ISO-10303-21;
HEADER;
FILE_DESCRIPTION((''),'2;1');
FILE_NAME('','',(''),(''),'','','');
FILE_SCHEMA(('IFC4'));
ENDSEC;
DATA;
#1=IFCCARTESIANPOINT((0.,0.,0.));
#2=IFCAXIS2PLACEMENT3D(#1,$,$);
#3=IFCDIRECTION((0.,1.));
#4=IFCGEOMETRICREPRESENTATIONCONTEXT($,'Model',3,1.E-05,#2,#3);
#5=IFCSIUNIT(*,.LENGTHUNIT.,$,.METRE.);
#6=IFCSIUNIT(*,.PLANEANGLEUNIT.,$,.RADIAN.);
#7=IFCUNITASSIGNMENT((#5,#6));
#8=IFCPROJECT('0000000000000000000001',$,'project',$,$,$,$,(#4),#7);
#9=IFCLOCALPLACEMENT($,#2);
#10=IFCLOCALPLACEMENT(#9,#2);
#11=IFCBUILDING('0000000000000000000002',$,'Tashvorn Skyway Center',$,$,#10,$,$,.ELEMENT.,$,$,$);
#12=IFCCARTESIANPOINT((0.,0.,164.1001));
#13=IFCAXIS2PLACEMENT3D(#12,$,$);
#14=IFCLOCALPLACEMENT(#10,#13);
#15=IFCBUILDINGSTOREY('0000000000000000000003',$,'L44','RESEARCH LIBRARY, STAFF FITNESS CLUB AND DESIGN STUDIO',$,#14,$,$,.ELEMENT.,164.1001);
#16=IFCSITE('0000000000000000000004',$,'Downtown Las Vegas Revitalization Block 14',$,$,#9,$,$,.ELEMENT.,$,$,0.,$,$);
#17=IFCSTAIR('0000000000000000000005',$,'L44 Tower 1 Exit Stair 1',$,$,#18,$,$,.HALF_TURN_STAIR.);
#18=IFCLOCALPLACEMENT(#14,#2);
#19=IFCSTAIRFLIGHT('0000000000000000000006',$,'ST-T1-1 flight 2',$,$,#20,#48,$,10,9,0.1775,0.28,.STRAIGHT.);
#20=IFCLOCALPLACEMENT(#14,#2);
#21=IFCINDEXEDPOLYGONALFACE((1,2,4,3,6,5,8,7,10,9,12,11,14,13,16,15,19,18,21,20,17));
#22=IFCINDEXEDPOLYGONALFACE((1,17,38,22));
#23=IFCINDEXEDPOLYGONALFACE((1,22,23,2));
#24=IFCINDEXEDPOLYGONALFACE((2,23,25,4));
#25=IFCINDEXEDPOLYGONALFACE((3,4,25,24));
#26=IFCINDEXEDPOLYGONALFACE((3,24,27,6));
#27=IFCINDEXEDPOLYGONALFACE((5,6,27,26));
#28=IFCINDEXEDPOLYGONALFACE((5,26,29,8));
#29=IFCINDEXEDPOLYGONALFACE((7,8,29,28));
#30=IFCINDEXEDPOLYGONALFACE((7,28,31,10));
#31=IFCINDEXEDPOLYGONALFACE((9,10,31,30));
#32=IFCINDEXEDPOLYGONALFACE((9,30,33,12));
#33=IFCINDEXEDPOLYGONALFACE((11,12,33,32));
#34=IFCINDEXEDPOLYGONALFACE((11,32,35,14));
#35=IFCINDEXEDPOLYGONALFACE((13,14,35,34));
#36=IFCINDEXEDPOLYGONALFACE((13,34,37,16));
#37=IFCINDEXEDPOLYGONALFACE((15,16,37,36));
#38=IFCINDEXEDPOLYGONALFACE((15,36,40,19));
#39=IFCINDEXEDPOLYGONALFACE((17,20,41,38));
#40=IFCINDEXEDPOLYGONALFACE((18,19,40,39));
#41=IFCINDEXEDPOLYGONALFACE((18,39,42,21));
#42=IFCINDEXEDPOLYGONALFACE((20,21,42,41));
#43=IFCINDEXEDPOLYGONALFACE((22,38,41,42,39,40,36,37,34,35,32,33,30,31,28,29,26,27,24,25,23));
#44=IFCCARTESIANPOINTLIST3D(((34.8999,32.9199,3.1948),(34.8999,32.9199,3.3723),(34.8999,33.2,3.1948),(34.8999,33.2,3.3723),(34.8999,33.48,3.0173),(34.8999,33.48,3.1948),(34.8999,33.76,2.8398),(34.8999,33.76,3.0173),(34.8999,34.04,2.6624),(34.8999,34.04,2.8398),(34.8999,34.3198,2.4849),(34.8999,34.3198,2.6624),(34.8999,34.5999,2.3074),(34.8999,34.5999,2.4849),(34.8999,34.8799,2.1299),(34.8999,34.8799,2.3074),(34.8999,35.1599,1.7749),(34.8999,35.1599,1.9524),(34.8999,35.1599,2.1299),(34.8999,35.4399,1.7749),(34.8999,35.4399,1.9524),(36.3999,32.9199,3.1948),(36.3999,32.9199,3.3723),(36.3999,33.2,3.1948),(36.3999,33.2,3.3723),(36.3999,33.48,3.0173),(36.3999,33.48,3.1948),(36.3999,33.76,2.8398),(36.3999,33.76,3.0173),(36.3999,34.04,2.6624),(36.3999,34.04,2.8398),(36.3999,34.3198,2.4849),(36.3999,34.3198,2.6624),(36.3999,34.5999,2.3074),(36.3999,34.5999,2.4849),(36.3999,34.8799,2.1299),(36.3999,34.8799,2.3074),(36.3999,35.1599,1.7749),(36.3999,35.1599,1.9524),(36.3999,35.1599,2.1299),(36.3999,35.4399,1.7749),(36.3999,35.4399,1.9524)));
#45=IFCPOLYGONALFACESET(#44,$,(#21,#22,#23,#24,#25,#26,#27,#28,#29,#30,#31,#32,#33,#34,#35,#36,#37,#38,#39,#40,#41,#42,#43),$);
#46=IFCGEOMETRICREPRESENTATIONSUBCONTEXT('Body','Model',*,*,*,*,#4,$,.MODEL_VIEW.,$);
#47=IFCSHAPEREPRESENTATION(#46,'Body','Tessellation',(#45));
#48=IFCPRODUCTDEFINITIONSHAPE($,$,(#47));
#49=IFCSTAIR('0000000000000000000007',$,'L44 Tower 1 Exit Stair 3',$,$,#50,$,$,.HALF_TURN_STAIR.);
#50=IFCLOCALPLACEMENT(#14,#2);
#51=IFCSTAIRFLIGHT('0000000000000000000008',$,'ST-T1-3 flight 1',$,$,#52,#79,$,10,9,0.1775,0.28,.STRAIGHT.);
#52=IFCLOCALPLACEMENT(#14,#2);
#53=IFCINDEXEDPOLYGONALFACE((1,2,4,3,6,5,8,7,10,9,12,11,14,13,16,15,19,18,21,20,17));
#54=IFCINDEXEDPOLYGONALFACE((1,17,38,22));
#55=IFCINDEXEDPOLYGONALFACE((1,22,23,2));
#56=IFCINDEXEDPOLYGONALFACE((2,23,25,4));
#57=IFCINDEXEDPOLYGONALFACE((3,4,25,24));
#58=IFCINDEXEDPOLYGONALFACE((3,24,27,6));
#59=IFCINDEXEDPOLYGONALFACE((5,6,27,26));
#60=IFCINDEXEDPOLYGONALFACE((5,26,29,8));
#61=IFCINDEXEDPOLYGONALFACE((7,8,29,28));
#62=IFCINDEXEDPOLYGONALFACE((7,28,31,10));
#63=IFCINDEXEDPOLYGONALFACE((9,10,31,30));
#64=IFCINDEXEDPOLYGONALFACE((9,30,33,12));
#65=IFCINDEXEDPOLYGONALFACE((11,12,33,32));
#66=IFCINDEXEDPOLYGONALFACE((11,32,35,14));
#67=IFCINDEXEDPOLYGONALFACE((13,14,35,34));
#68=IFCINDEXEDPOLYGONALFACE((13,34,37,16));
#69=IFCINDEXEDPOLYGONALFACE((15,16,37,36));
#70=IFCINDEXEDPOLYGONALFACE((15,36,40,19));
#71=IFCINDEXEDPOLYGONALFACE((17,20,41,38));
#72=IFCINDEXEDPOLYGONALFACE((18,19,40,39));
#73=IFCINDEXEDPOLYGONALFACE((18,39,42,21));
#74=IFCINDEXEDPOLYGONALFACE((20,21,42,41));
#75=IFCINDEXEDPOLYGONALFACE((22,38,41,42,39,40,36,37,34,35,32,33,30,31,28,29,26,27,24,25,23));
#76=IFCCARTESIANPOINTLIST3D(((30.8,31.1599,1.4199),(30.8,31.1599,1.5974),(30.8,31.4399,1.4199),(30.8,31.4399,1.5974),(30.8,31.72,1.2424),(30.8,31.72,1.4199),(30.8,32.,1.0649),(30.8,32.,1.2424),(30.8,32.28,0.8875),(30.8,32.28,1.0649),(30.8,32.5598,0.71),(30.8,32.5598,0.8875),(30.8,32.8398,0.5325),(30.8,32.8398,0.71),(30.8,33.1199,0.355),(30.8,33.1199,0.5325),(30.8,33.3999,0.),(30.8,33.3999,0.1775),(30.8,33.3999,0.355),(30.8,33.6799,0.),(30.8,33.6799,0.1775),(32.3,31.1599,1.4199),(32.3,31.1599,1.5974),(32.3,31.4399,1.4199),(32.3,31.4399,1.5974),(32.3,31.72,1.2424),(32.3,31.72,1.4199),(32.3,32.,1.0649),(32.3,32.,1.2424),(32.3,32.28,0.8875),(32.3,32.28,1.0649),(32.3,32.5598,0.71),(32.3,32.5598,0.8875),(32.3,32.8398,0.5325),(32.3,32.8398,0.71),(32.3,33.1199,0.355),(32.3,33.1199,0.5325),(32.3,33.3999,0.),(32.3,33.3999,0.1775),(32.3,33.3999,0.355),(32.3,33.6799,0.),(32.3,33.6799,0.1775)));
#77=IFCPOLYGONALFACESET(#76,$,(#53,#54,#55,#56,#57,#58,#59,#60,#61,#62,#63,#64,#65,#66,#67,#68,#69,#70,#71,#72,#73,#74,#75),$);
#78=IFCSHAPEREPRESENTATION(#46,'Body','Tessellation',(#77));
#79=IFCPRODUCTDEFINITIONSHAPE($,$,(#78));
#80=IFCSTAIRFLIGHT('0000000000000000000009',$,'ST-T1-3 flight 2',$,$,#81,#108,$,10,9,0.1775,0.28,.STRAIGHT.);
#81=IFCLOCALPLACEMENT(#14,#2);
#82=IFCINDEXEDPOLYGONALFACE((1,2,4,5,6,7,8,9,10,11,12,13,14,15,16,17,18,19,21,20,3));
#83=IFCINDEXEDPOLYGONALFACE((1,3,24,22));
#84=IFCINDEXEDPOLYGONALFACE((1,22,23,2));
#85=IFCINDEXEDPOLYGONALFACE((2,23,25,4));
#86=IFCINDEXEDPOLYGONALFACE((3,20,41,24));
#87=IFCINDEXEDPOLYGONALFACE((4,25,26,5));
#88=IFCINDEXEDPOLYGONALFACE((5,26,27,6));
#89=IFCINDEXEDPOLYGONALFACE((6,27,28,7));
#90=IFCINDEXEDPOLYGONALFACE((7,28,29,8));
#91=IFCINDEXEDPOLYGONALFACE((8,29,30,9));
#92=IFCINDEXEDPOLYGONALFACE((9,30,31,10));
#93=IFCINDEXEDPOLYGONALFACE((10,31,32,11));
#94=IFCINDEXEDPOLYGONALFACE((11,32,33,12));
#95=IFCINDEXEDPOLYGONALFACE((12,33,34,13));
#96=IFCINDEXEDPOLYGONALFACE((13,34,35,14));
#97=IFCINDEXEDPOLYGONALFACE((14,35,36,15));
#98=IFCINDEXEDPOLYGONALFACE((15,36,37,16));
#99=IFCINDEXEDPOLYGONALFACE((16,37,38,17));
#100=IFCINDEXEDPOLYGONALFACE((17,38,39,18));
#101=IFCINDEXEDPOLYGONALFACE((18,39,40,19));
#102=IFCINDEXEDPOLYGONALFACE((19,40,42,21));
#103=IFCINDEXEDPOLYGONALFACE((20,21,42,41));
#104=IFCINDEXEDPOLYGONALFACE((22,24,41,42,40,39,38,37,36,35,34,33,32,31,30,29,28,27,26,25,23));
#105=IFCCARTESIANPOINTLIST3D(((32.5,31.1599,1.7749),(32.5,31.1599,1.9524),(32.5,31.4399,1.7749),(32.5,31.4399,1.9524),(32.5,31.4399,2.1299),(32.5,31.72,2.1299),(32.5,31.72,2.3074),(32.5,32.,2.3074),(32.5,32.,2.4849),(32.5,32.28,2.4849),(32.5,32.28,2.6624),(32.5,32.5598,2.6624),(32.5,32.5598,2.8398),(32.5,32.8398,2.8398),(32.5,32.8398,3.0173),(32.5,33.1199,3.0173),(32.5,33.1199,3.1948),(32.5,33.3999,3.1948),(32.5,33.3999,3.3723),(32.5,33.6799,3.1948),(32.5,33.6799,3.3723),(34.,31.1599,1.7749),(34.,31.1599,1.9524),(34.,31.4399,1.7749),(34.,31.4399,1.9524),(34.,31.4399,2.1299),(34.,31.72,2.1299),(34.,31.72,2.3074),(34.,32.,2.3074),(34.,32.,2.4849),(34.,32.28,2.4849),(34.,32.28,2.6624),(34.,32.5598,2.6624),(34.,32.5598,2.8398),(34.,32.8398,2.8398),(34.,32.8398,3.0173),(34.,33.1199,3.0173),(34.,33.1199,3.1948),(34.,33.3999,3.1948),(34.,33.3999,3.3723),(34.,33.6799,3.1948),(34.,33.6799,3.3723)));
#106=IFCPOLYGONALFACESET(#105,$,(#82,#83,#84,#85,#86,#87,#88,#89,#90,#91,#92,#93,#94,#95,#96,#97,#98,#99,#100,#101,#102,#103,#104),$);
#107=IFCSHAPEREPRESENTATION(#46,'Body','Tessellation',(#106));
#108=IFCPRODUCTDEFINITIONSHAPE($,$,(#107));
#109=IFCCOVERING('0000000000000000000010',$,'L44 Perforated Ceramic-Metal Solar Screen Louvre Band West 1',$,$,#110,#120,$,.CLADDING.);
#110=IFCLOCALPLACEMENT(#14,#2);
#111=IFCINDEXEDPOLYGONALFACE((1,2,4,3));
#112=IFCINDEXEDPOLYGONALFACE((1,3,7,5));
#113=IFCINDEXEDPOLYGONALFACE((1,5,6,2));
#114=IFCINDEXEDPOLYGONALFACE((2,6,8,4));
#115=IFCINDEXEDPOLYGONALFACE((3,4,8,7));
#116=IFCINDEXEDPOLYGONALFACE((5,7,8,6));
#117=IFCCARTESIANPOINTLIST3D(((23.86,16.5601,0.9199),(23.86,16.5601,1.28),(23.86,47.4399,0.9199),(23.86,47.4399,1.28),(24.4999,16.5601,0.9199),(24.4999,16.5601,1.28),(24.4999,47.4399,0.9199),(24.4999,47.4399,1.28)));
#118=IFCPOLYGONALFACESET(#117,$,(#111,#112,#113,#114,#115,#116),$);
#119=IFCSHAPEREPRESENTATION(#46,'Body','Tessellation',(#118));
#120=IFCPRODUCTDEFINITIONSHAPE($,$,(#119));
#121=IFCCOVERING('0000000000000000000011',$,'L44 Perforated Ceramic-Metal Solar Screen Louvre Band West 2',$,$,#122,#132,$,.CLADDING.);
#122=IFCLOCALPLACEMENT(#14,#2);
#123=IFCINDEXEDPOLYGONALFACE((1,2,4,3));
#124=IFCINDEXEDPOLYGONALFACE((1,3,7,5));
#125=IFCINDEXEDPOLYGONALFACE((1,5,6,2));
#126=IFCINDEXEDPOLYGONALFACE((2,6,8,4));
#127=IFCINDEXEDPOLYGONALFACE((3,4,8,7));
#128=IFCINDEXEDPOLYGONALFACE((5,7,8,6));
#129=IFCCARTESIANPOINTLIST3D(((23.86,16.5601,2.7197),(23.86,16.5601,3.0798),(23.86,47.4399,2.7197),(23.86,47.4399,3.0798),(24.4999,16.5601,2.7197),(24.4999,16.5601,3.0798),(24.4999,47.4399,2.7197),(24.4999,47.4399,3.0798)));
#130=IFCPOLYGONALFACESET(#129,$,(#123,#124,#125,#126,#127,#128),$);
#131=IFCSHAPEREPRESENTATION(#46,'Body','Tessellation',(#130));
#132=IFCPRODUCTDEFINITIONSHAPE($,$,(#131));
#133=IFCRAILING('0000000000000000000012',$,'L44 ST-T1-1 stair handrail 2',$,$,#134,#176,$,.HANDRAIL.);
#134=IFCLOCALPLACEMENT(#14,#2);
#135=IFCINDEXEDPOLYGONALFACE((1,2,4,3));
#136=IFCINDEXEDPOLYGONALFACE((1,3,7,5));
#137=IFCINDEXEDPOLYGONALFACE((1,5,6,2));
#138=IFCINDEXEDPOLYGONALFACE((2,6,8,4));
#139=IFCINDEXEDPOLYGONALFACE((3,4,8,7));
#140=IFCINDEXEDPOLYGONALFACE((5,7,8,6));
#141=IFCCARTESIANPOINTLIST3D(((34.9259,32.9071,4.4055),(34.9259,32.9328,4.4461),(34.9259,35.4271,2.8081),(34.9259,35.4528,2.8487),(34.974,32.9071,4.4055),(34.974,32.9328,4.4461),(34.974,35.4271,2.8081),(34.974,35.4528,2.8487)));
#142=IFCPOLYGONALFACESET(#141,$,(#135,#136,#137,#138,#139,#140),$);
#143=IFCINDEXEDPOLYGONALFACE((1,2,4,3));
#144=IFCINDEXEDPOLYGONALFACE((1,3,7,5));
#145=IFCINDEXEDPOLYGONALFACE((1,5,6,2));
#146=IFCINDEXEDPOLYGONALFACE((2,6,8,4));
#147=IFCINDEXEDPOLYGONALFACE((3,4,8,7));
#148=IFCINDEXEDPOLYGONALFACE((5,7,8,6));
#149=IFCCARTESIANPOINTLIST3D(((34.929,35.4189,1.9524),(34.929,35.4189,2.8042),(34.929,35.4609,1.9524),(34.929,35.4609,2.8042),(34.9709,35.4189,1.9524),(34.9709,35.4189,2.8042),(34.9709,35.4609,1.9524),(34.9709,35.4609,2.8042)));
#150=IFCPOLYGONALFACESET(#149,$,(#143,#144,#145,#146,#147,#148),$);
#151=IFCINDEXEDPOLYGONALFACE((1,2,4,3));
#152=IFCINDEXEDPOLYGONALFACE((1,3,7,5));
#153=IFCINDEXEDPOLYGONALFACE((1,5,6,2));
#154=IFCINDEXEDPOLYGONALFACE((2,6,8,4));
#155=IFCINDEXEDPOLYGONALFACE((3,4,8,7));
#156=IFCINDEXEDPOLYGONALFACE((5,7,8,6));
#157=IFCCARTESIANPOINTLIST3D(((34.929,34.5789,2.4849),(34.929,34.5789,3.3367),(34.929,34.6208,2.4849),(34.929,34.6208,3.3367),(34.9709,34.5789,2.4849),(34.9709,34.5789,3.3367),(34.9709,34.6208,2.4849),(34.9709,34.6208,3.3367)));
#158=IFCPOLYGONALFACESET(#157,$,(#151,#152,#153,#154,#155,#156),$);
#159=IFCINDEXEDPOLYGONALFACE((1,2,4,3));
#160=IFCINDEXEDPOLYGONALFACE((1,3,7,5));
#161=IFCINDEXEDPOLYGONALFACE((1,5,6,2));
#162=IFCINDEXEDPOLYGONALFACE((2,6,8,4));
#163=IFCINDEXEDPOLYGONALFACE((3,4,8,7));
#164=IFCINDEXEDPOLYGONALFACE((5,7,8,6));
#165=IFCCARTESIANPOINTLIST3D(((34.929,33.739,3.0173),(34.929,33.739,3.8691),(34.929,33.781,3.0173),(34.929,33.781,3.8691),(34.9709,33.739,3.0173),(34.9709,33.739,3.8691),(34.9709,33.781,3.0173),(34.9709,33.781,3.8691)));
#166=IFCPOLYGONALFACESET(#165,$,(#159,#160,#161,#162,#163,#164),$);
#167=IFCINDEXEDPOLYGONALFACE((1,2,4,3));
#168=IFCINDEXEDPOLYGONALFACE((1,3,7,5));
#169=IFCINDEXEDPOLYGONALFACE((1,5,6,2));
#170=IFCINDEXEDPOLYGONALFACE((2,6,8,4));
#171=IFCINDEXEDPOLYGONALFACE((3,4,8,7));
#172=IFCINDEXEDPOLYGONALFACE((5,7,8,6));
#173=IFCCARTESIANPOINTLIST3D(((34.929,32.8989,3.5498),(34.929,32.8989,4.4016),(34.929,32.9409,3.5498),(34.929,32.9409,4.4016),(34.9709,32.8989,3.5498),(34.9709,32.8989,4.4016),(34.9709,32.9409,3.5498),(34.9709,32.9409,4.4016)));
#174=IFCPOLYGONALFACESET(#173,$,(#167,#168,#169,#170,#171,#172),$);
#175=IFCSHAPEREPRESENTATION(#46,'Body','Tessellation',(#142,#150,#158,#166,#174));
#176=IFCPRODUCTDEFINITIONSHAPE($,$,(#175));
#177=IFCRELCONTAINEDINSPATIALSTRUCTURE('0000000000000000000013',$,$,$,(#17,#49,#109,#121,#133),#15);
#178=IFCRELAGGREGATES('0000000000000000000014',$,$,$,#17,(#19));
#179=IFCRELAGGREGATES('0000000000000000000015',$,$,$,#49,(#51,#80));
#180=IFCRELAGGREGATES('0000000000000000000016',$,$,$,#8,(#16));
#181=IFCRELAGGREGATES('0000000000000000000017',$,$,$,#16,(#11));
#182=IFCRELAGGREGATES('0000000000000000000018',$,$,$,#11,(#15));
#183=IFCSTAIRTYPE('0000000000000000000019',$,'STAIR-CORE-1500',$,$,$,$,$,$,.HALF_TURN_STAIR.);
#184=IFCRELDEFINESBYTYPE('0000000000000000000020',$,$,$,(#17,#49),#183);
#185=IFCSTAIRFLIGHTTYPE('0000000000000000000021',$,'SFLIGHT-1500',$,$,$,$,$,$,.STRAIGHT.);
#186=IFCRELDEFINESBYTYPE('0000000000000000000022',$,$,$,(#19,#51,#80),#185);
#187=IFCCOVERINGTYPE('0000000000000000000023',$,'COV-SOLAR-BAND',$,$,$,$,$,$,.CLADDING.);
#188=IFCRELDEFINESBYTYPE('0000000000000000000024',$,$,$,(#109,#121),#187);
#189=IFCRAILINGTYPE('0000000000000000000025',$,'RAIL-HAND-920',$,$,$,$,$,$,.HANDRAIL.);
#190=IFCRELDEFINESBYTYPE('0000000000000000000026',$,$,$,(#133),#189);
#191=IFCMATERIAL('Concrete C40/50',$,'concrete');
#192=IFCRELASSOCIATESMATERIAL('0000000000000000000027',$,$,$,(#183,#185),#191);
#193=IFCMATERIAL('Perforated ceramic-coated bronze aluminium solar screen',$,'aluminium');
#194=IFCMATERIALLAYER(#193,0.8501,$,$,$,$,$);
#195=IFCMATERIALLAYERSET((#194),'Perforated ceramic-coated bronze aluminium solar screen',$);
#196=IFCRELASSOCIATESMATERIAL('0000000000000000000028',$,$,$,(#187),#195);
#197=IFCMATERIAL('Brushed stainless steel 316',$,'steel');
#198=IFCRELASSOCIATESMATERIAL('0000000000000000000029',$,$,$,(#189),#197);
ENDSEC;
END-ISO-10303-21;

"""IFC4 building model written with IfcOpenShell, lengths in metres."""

from ifc_helpers import new_model, si_unit, direction, frame, origin, origin_2d, place, context, subcontext, project, spatial, polyline, rectangle, outline, extrude, material, layer, layer_set, type_object, element, aggregate, save


model = new_model("IFC4")

# Units and contexts
model_context = context("Model", 3, precision=1e-05, world=origin(), true_north=direction((0.0, 1.0)))
body_context = subcontext(model_context, "Body", "Model", "MODEL_VIEW")
ifc_project = project(units=[si_unit("LENGTHUNIT", "METRE"), si_unit("PLANEANGLEUNIT", "RADIAN")], contexts=[model_context])

# Site, building, storey
site_placement = place(None, origin())
site = spatial("IfcSite", under=ifc_project, at=site_placement, Name="Downtown Las Vegas Revitalization Block 14", CompositionType="ELEMENT", RefElevation=0.0)
building_placement = place(site_placement, origin())
building = spatial("IfcBuilding", under=site, at=building_placement, Name="Tashvorn Skyway Center", CompositionType="ELEMENT")
storey_placement = place(building_placement, frame((0.0, 0.0, 164.1001)))
storey = spatial("IfcBuildingStorey", under=building, at=storey_placement, Name="L44", Description="RESEARCH LIBRARY, STAFF FITNESS CLUB AND DESIGN STUDIO", CompositionType="ELEMENT", Elevation=164.1001)

# Shared definitions
ifc_material_1 = material(Name="Concrete C40/50", Category="concrete")

# Stair, stair flight
stair_type = type_object("IfcStairType", Name="STAIR-CORE-1500", PredefinedType="HALF_TURN_STAIR", material=ifc_material_1)
stair_1_placement = place(storey_placement, origin())
stair_1 = element("IfcStair", 1, at=stair_1_placement, inside=storey, type_object=stair_type, Name="L44 Tower 1 Exit Stair 1", PredefinedType="HALF_TURN_STAIR")
stair_flight_type = type_object("IfcStairFlightType", Name="SFLIGHT-1500", PredefinedType="STRAIGHT", material=ifc_material_1)
stair_flight_1_placement = place(storey_placement, frame((35.6499, 35.4399, 1.7749), z_axis=(0.0, 0.0, 1.0), x_axis=(0.0, -1.0, 0.0)))
stair_flight_1 = element("IfcStairFlight", 2, at=stair_flight_1_placement, type_object=stair_flight_type, Name="ST-T1-1 flight 2", NumberOfRisers=10, NumberOfTreads=9, PredefinedType="STRAIGHT", RiserHeight=0.1775, TreadLength=0.28, context=body_context, shape_type="SweptSolid", body=[
    extrude(outline(polyline([(0.0, 0.0), (0.0, 0.1775), (0.28, 0.1775), (0.28, 0.355), (0.5601, 0.355), (0.5601, 0.5325), (0.8401, 0.5325), (0.8401, 0.71), (1.1201, 0.71), (1.1201, 0.8875), (1.3999, 0.8875), (1.3999, 1.0649), (1.6799, 1.0649), (1.6799, 1.2424), (1.96, 1.2424), (1.96, 1.4199), (2.24, 1.4199), (2.24, 1.5974), (2.52, 1.5974), (2.52, 1.7749), (2.52, 1.4199), (0.28, 0.0), (0.0, 0.0)])), frame((0.0, 0.75, 0.0), z_axis=(0.0, -1.0, 0.0), x_axis=(1.0, 0.0, 0.0)), (0.0, 0.0, 1.0), 1.5),
])
aggregate(stair_1, [stair_flight_1])

# Stair, stair flights
stair_2_placement = place(storey_placement, origin())
stair_2 = element("IfcStair", 3, at=stair_2_placement, inside=storey, type_object=stair_type, Name="L44 Tower 1 Exit Stair 3", PredefinedType="HALF_TURN_STAIR")
stair_flight_2_placement = place(storey_placement, frame((31.55, 33.6799, 0.0), z_axis=(0.0, 0.0, 1.0), x_axis=(0.0, -1.0, 0.0)))
stair_flight_2 = element("IfcStairFlight", 4, at=stair_flight_2_placement, type_object=stair_flight_type, Name="ST-T1-3 flight 1", NumberOfRisers=10, NumberOfTreads=9, PredefinedType="STRAIGHT", RiserHeight=0.1775, TreadLength=0.28, context=body_context, shape_type="SweptSolid", body=[
    extrude(outline(polyline([(0.0, 0.0), (0.0, 0.1775), (0.28, 0.1775), (0.28, 0.355), (0.5601, 0.355), (0.5601, 0.5325), (0.8401, 0.5325), (0.8401, 0.71), (1.1201, 0.71), (1.1201, 0.8875), (1.3999, 0.8875), (1.3999, 1.0649), (1.6799, 1.0649), (1.6799, 1.2424), (1.96, 1.2424), (1.96, 1.4199), (2.24, 1.4199), (2.24, 1.5974), (2.52, 1.5974), (2.52, 1.7749), (2.52, 1.4199), (0.28, 0.0), (0.0, 0.0)])), frame((0.0, 0.75, 0.0), z_axis=(0.0, -1.0, 0.0), x_axis=(1.0, 0.0, 0.0)), (0.0, 0.0, 1.0), 1.5),
])
stair_flight_3_placement = place(storey_placement, frame((33.25, 31.1599, 1.7749), z_axis=(0.0, 0.0, 1.0), x_axis=(0.0, 1.0, 0.0)))
stair_flight_3 = element("IfcStairFlight", 5, at=stair_flight_3_placement, type_object=stair_flight_type, Name="ST-T1-3 flight 2", NumberOfRisers=10, NumberOfTreads=9, PredefinedType="STRAIGHT", RiserHeight=0.1775, TreadLength=0.28, context=body_context, shape_type="SweptSolid", body=[
    extrude(outline(polyline([(0.0, 0.0), (0.0, 0.1775), (0.28, 0.1775), (0.28, 0.355), (0.5601, 0.355), (0.5601, 0.5325), (0.8401, 0.5325), (0.8401, 0.71), (1.1201, 0.71), (1.1201, 0.8875), (1.3999, 0.8875), (1.3999, 1.0649), (1.6799, 1.0649), (1.6799, 1.2424), (1.96, 1.2424), (1.96, 1.4199), (2.24, 1.4199), (2.24, 1.5974), (2.52, 1.5974), (2.52, 1.7749), (2.52, 1.4199), (0.28, 0.0), (0.0, 0.0)])), frame((0.0, 0.75, 0.0), z_axis=(0.0, -1.0, 0.0), x_axis=(1.0, 0.0, 0.0)), (0.0, 0.0, 1.0), 1.5),
])
aggregate(stair_2, [stair_flight_2, stair_flight_3])

# Coverings
ifc_material_2 = material(Name="Perforated ceramic-coated bronze aluminium solar screen", Category="aluminium")
ifc_layer_1 = layer(ifc_material_2, 0.8501)
ifc_layer_set_1 = layer_set([ifc_layer_1], Name="Perforated ceramic-coated bronze aluminium solar screen")
covering_type = type_object("IfcCoveringType", Name="COV-SOLAR-BAND", PredefinedType="CLADDING", material=ifc_layer_set_1)
for number, where, z_axis, x_axis, name in (
    (6, (24.1799, 32.0, 0.9199), (0.0, 0.0, 1.0), (0.0, 1.0, 0.0), "L44 Perforated Ceramic-Metal Solar Screen Louvre Band West 1"),
    (7, (24.1799, 32.0, 2.7197), (0.0, 0.0, 1.0), (0.0, 1.0, 0.0), "L44 Perforated Ceramic-Metal Solar Screen Louvre Band West 2"),
):
    element("IfcCovering", number, at=place(storey_placement, frame(where, z_axis=z_axis, x_axis=x_axis)), inside=storey, type_object=covering_type, Name=name, PredefinedType="CLADDING", context=body_context, shape_type="SweptSolid", body=[
        extrude(rectangle(XDim=30.8799, YDim=0.6399, at=origin_2d()), origin(), (0.0, 0.0, 1.0), 0.3601),
    ])

# Railing
ifc_material_3 = material(Name="Brushed stainless steel 316", Category="steel")
railing_type_1 = type_object("IfcRailingType", Name="RAIL-HAND-920", PredefinedType="HANDRAIL", material=ifc_material_3)
for number, where, name in (
    (8, (34.95, 35.4399, 1.9524), "L44 ST-T1-1 stair handrail 2"),
):
    element("IfcRailing", number, at=place(storey_placement, frame(where)), inside=storey, type_object=railing_type_1, Name=name, PredefinedType="HANDRAIL", context=body_context, shape_type="SweptSolid", body=[
        extrude(rectangle(XDim=0.0481, YDim=0.0481, at=origin_2d()), frame((0.0, 0.0, 0.876), z_axis=(0.0, -0.844607, 0.535387), x_axis=(1.0, 0.0, 0.0)), (0.0, 0.0, 1.0), 2.9836),
        extrude(rectangle(XDim=0.042, YDim=0.042, at=origin_2d()), origin(), (0.0, 0.0, 1.0), 0.8518),
        extrude(rectangle(XDim=0.042, YDim=0.042, at=origin_2d()), frame((0.0, -0.8401, 0.5325)), (0.0, 0.0, 1.0), 0.8518),
        extrude(rectangle(XDim=0.042, YDim=0.042, at=origin_2d()), frame((0.0, -1.6799, 1.0649)), (0.0, 0.0, 1.0), 0.8518),
        extrude(rectangle(XDim=0.042, YDim=0.042, at=origin_2d()), frame((0.0, -2.52, 1.5974)), (0.0, 0.0, 1.0), 0.8518),
    ])

save(model, "model.ifc")
